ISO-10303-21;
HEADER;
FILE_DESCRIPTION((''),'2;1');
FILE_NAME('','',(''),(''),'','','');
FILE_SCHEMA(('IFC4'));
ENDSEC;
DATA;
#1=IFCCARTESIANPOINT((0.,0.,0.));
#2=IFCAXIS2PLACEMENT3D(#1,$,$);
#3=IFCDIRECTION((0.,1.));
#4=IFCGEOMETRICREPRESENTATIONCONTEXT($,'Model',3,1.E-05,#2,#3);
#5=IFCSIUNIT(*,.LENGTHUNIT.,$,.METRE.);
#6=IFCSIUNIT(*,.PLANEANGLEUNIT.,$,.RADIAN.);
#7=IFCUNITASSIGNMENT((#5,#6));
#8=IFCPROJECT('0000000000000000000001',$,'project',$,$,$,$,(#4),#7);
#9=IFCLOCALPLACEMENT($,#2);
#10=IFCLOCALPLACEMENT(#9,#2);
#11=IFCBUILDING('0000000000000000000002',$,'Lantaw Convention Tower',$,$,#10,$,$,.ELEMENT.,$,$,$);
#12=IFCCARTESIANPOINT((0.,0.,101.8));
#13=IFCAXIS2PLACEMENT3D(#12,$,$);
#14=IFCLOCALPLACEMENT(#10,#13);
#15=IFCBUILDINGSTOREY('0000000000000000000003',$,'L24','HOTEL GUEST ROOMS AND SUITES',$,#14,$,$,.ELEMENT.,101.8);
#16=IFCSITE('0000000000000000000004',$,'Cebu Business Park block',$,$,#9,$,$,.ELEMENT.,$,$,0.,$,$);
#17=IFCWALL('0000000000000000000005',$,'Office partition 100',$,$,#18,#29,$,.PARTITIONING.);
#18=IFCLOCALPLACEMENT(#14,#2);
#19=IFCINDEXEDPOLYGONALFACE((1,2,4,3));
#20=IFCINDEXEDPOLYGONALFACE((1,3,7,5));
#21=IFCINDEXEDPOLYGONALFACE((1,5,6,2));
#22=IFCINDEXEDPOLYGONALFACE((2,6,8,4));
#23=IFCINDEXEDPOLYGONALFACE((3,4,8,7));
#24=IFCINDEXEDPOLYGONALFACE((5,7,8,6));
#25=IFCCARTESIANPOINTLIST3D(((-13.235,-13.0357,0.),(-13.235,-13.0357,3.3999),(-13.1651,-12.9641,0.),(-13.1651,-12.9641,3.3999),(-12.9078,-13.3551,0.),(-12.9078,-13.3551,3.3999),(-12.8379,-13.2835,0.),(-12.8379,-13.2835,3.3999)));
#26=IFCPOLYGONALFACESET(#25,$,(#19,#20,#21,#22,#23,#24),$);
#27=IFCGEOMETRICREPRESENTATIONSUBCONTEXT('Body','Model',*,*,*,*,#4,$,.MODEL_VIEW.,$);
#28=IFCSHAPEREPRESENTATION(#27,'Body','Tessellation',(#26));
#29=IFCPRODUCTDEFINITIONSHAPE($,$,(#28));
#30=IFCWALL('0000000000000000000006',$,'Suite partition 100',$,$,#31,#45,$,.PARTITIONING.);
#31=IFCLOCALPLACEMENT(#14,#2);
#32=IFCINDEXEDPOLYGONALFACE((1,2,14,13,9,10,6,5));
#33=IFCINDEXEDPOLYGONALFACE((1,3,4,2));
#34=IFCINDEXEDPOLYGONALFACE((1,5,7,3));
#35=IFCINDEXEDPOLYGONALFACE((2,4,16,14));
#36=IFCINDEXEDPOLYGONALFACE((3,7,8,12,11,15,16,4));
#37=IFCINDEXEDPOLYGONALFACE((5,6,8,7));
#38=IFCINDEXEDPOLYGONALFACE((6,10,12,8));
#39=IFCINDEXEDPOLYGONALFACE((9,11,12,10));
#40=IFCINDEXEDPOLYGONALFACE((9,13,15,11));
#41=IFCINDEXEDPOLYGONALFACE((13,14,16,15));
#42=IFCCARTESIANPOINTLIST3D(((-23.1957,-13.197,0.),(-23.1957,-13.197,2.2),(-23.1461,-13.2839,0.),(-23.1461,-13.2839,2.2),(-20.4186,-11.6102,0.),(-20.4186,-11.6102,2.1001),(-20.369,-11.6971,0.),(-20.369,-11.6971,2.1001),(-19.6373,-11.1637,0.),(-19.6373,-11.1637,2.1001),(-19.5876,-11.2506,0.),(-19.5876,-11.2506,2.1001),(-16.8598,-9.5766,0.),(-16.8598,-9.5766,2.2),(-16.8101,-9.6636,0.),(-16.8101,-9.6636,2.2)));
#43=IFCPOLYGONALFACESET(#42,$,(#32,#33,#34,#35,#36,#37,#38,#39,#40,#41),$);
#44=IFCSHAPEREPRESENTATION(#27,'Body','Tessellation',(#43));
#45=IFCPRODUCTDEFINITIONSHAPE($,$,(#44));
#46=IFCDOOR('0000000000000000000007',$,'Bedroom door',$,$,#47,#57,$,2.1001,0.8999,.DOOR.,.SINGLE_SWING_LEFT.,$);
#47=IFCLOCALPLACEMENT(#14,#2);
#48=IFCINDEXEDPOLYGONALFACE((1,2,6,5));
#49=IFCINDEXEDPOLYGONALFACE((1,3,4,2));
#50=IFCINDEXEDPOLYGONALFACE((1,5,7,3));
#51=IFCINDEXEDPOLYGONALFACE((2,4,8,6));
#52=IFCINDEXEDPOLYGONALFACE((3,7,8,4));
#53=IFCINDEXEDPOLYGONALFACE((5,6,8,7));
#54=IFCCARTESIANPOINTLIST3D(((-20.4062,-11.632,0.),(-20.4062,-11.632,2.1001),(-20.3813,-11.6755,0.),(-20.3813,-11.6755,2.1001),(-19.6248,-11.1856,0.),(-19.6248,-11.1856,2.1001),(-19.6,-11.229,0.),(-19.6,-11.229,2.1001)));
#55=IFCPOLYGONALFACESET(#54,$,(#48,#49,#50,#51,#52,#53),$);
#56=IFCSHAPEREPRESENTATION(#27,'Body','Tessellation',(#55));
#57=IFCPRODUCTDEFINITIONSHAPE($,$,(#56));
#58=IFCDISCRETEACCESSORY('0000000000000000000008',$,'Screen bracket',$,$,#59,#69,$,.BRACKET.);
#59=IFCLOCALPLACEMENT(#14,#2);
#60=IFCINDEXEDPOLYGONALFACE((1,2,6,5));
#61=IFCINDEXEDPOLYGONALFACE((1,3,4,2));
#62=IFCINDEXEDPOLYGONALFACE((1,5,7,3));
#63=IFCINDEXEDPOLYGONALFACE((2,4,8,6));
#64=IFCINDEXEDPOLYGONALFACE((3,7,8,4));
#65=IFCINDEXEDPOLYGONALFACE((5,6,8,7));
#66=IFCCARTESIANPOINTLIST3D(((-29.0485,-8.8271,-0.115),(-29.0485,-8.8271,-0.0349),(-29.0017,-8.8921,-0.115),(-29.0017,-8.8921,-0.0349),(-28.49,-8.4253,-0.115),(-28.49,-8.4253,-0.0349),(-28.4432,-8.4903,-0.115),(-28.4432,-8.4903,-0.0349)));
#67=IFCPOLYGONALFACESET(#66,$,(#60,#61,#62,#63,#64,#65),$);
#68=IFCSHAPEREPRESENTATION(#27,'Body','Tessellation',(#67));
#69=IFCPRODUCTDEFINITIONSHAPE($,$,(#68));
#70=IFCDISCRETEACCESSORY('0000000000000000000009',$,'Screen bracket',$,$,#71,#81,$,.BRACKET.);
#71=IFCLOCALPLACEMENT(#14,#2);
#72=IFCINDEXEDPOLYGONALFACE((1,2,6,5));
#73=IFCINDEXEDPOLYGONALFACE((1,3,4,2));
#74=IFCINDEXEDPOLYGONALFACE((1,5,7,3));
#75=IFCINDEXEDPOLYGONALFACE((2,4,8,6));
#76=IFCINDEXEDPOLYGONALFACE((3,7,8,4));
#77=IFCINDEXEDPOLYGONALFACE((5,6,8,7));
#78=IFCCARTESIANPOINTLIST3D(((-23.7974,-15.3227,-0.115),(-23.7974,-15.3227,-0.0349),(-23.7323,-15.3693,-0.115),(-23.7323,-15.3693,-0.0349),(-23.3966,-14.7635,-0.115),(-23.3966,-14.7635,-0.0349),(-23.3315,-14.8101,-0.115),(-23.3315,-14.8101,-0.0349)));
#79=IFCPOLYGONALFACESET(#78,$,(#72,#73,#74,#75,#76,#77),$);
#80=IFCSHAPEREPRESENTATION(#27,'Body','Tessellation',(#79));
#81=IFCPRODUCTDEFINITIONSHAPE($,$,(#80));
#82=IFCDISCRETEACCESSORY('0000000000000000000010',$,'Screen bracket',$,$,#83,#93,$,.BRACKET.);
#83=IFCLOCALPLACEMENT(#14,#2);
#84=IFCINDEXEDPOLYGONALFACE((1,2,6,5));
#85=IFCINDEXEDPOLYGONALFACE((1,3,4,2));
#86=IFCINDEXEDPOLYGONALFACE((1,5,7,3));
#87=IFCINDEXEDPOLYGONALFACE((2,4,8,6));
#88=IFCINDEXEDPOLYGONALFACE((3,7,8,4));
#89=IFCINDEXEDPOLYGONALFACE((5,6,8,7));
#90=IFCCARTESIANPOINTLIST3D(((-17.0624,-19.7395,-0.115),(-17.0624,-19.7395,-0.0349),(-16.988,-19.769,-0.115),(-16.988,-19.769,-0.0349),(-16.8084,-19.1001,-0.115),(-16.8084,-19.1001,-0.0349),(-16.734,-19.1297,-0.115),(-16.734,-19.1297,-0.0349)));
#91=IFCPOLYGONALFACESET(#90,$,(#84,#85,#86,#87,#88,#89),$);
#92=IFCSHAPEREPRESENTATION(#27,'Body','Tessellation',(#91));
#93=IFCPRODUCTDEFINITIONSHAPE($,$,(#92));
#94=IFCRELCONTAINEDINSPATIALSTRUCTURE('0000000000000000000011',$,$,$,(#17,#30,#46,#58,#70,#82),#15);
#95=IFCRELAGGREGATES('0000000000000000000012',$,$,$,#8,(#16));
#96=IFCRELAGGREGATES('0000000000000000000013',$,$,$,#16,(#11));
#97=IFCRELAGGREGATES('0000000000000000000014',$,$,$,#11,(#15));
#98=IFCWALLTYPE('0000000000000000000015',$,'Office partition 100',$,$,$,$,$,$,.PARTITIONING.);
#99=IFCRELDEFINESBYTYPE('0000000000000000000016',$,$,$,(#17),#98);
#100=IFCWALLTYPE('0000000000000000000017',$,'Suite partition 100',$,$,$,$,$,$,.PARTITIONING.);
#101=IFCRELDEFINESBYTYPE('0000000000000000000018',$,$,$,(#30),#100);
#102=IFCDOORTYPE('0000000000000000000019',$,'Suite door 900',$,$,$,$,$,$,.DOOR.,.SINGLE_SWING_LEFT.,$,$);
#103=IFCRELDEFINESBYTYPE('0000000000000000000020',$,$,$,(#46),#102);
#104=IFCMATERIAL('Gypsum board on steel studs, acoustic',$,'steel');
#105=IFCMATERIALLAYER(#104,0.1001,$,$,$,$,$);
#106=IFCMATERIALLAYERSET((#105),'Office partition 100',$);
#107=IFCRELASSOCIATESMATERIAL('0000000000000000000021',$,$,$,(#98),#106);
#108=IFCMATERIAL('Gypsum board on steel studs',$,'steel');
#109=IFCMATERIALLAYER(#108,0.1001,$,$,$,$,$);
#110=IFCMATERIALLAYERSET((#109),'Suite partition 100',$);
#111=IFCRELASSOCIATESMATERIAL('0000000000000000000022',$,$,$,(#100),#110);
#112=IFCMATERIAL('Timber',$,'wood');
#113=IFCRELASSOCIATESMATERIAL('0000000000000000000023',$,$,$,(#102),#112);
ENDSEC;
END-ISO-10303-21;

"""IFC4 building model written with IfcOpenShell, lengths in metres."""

from ifc_helpers import new_model, si_unit, direction, frame, frame_2d, origin, origin_2d, place, context, subcontext, project, spatial, rectangle, extrude, material, layer, layer_set, type_object, element, fill, save


model = new_model("IFC4")

# Units and contexts
model_context = context("Model", 3, precision=1e-05, world=origin(), true_north=direction((0.0, 1.0)))
body_context = subcontext(model_context, "Body", "Model", "MODEL_VIEW")
ifc_project = project(units=[si_unit("LENGTHUNIT", "METRE"), si_unit("PLANEANGLEUNIT", "RADIAN")], contexts=[model_context])

# Site, building, storey
site_placement = place(None, origin())
site = spatial("IfcSite", under=ifc_project, at=site_placement, Name="Cebu Business Park block", CompositionType="ELEMENT", RefElevation=0.0)
building_placement = place(site_placement, origin())
building = spatial("IfcBuilding", under=site, at=building_placement, Name="Lantaw Convention Tower", CompositionType="ELEMENT")
storey_placement = place(building_placement, frame((0.0, 0.0, 101.8)))
storey = spatial("IfcBuildingStorey", under=building, at=storey_placement, Name="L24", Description="HOTEL GUEST ROOMS AND SUITES", CompositionType="ELEMENT", Elevation=101.8)

# Wall
ifc_material_1 = material(Name="Gypsum board on steel studs, acoustic", Category="steel")
ifc_layer_1 = layer(ifc_material_1, 0.1001)
ifc_layer_set_1 = layer_set([ifc_layer_1], Name="Office partition 100")
wall_type_1 = type_object("IfcWallType", Name="Office partition 100", PredefinedType="PARTITIONING", material=ifc_layer_set_1)
wall_1_placement = place(storey_placement, frame((-13.2, -13.0, 0.0), z_axis=(0.0, 0.0, 1.0), x_axis=(0.7156, -0.698511, 0.0)))
element("IfcWall", 1, at=wall_1_placement, inside=storey, type_object=wall_type_1, Name="Office partition 100", PredefinedType="PARTITIONING", context=body_context, shape_type="SweptSolid", body=[
    extrude(rectangle(XDim=0.4573, YDim=0.1001, at=frame_2d((0.2285, 0.0))), origin(), (0.0, 0.0, 1.0), 3.3999),
])

# Wall, opening, door
ifc_material_2 = material(Name="Gypsum board on steel studs", Category="steel")
ifc_layer_2 = layer(ifc_material_2, 0.1001)
ifc_layer_set_2 = layer_set([ifc_layer_2], Name="Suite partition 100")
wall_type_2 = type_object("IfcWallType", Name="Suite partition 100", PredefinedType="PARTITIONING", material=ifc_layer_set_2)
wall_2_placement = place(storey_placement, frame((-23.1709, -13.2405, 0.0), z_axis=(0.0, 0.0, 1.0), x_axis=(0.868253, 0.496121, 0.0)))
wall_2 = element("IfcWall", 2, at=wall_2_placement, inside=storey, type_object=wall_type_2, Name="Suite partition 100", PredefinedType="PARTITIONING", context=body_context, shape_type="SweptSolid", body=[
    extrude(rectangle(XDim=7.2974, YDim=0.1001, at=frame_2d((3.6487, 0.0))), origin(), (0.0, 0.0, 1.0), 2.2),
])
opening_1_placement = place(wall_2_placement, frame((3.1985, 0.0, 0.0)))
opening_1 = element("IfcOpeningElement", 3, at=opening_1_placement, cuts=wall_2, PredefinedType="OPENING", context=body_context, shape_type="SweptSolid", body=[
    extrude(rectangle(XDim=0.8999, YDim=2.1001, at=frame_2d((0.45, 1.05))), frame((0.0, 0.0601, 0.0), z_axis=(0.0, -1.0, 0.0), x_axis=(1.0, 0.0, 0.0)), (0.0, 0.0, 1.0), 0.1201),
])
ifc_material_3 = material(Name="Timber", Category="wood")
door_type = type_object("IfcDoorType", Name="Suite door 900", OperationType="SINGLE_SWING_LEFT", PredefinedType="DOOR", material=ifc_material_3)
door_placement = place(opening_1_placement, origin())
door = element("IfcDoor", 4, at=door_placement, inside=storey, type_object=door_type, Name="Bedroom door", OperationType="SINGLE_SWING_LEFT", OverallHeight=2.1001, OverallWidth=0.8999, PredefinedType="DOOR", context=body_context, shape_type="SweptSolid", body=[
    extrude(rectangle(XDim=0.8999, YDim=2.1001, at=frame_2d((0.45, 1.05))), frame((0.0, 0.0249, 0.0), z_axis=(0.0, -1.0, 0.0), x_axis=(1.0, 0.0, 0.0)), (0.0, 0.0, 1.0), 0.05),
])
fill(opening_1, door)

# Discrete accessories
for number, where, z_axis, x_axis, name in (
    (5, (-28.7458, -8.6587, -0.115), (0.0, 0.0, 1.0), (0.583951, -0.811789, 0.0), "Screen bracket"),
    (6, (-23.5645, -15.0664, -0.115), (0.0, 0.0, 1.0), (0.812804, -0.582538, 0.0), "Screen bracket"),
    (7, (-16.8982, -19.4346, -0.115), (0.0, 0.0, 1.0), (0.929361, -0.369172, 0.0), "Screen bracket"),
):
    element("IfcDiscreteAccessory", number, at=place(storey_placement, frame(where, z_axis=z_axis, x_axis=x_axis)), inside=storey, Name=name, PredefinedType="BRACKET", context=body_context, shape_type="SweptSolid", body=[
        extrude(rectangle(XDim=0.0801, YDim=0.688, at=origin_2d()), origin(), (0.0, 0.0, 1.0), 0.0801),
    ])

save(model, "model.ifc")
